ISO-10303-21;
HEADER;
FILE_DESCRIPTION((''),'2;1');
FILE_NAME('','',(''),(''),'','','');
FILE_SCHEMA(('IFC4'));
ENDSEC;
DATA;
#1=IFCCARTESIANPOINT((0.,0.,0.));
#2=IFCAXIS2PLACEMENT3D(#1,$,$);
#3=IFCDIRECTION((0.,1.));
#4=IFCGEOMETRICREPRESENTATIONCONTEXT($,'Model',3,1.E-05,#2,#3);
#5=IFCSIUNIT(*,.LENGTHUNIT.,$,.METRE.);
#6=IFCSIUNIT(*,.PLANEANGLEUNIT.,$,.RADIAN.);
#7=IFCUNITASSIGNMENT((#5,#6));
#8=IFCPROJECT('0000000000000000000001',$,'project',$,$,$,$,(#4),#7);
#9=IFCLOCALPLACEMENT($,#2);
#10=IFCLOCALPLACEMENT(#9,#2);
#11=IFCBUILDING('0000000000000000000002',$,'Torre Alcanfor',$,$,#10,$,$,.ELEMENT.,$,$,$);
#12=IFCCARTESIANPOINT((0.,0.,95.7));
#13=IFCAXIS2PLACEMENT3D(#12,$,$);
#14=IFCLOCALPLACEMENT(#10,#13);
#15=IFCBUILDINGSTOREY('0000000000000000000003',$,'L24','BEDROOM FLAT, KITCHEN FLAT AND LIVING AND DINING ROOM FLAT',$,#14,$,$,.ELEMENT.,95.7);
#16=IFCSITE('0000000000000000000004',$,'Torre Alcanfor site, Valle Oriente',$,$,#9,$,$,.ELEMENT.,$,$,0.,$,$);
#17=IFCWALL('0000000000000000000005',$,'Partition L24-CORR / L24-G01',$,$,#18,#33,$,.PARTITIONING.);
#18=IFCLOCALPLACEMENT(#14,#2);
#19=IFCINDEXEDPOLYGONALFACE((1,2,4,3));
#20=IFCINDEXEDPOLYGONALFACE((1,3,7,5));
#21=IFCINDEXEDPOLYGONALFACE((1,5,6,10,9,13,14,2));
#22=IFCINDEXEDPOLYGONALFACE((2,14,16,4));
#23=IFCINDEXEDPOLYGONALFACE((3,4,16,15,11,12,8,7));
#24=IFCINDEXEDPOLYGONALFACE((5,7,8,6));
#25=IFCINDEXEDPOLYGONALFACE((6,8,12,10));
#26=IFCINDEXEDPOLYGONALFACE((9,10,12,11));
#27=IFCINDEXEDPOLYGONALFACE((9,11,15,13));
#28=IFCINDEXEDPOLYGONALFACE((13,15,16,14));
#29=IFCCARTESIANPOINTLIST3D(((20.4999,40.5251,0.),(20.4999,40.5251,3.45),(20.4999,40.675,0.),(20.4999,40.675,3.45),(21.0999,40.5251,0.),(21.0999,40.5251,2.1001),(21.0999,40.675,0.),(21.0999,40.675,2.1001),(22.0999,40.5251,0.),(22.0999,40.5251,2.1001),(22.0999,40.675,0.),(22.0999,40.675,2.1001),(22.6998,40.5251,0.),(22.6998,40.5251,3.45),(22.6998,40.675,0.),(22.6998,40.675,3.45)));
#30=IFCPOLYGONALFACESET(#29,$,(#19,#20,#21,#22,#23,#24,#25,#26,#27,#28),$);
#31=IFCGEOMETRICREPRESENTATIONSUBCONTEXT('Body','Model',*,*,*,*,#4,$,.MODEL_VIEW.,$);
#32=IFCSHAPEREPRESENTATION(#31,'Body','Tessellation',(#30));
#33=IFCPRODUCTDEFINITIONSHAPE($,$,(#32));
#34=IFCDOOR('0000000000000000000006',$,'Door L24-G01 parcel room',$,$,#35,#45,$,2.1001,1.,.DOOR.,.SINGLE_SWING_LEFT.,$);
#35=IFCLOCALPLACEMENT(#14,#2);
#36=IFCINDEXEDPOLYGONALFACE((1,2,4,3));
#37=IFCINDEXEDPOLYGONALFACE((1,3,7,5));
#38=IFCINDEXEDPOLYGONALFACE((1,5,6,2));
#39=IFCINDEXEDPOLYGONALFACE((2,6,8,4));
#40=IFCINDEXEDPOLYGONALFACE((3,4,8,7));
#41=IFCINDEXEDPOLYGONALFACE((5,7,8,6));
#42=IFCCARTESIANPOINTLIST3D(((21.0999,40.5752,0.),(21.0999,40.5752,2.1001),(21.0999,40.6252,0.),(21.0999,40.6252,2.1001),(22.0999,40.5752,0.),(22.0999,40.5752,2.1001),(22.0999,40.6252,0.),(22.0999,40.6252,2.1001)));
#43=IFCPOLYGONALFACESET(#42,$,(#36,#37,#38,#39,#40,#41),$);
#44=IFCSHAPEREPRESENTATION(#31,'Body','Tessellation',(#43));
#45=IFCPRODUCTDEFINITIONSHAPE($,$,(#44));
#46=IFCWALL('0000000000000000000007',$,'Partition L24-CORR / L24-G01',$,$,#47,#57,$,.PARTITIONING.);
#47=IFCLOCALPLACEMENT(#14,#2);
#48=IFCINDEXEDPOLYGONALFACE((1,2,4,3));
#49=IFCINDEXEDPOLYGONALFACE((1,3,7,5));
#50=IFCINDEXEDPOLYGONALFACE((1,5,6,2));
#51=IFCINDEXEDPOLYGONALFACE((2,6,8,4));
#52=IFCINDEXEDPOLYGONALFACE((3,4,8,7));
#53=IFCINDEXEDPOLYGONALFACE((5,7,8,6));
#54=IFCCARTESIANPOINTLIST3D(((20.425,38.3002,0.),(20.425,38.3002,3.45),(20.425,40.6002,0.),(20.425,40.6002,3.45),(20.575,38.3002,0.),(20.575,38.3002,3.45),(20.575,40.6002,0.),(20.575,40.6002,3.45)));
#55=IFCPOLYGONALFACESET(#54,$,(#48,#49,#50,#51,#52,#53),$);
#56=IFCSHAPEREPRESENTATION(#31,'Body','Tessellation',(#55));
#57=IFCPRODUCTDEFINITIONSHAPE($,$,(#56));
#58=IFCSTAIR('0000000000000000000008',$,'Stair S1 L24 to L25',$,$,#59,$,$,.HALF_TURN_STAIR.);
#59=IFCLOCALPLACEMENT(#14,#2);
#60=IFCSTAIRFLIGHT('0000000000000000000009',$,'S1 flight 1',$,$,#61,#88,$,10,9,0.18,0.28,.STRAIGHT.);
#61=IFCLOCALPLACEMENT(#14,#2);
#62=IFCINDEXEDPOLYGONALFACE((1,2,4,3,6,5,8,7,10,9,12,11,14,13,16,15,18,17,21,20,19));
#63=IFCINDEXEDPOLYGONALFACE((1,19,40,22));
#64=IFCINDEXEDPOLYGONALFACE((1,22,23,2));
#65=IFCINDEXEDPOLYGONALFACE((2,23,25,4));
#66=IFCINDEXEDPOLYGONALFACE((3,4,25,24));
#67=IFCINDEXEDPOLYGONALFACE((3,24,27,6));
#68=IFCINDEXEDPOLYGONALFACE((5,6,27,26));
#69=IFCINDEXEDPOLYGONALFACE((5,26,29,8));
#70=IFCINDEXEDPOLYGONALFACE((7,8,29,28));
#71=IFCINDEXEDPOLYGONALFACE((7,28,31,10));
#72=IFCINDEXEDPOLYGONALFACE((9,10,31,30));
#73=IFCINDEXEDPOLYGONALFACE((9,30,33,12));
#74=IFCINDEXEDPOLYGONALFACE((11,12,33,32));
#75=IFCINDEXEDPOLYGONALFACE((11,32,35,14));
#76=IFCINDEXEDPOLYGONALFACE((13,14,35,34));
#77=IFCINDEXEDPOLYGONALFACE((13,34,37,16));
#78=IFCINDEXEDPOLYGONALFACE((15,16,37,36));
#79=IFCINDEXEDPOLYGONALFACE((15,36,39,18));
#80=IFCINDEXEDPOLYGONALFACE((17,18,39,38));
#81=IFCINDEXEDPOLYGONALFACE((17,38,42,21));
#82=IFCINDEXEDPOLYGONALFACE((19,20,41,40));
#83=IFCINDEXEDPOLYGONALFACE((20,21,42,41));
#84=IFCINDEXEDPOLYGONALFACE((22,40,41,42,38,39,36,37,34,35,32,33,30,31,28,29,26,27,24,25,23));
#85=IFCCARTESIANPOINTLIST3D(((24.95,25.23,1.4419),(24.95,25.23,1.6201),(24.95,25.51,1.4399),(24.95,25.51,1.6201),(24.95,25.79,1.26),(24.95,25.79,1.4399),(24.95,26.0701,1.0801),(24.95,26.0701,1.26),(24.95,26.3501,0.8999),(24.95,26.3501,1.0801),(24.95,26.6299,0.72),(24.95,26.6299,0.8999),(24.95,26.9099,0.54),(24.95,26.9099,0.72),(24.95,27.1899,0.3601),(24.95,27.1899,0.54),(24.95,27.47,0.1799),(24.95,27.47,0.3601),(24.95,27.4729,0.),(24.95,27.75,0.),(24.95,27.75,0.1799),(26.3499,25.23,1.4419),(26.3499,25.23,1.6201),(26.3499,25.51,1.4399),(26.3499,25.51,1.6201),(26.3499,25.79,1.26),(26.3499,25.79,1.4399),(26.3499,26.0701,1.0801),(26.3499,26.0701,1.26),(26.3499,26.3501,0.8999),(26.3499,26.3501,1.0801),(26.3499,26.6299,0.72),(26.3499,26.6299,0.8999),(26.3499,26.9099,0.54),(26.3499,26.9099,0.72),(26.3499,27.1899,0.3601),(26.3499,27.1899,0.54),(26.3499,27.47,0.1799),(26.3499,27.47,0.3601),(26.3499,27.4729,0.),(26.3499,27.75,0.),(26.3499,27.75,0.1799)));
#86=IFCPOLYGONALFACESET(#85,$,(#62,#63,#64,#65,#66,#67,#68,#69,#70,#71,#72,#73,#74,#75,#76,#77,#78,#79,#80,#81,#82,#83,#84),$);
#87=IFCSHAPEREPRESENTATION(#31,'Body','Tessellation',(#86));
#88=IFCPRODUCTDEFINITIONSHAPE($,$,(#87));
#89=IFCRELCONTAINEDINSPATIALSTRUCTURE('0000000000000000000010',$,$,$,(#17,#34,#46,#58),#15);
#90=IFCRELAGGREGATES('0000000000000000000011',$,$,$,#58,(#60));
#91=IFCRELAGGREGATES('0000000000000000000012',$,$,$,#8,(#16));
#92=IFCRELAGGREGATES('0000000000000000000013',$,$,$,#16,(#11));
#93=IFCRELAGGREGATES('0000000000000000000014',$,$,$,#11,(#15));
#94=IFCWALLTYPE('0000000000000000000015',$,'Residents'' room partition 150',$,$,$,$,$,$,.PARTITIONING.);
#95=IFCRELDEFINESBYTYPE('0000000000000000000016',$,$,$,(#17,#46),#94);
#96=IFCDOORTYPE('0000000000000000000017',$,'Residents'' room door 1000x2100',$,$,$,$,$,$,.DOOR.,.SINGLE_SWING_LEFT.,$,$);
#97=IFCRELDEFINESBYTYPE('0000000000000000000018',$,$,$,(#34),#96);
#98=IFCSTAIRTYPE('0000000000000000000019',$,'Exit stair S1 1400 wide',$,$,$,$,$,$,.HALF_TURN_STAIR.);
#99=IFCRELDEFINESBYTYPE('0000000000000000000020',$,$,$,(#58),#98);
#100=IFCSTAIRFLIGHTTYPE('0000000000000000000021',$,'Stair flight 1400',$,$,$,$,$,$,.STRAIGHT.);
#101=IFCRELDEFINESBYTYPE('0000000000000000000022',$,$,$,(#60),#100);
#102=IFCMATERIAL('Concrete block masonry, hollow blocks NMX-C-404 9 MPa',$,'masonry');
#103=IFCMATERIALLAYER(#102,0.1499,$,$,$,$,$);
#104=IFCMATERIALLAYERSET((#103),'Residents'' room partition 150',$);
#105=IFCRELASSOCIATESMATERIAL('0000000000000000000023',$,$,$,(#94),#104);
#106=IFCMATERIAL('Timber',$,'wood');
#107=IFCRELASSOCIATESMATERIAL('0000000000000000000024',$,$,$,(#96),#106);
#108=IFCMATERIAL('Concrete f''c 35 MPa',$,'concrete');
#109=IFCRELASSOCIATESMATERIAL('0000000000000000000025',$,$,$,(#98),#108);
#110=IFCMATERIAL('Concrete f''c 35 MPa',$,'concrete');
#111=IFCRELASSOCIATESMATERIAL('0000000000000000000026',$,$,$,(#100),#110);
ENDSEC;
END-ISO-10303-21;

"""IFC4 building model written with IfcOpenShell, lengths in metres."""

from ifc_helpers import new_model, si_unit, direction, frame, frame_2d, origin, place, context, subcontext, project, spatial, polyline, rectangle, outline, extrude, material, layer, layer_set, type_object, element, fill, aggregate, save


model = new_model("IFC4")

# Units and contexts
model_context = context("Model", 3, precision=1e-05, world=origin(), true_north=direction((0.0, 1.0)))
body_context = subcontext(model_context, "Body", "Model", "MODEL_VIEW")
ifc_project = project(units=[si_unit("LENGTHUNIT", "METRE"), si_unit("PLANEANGLEUNIT", "RADIAN")], contexts=[model_context])

# Site, building, storey
site_placement = place(None, origin())
site = spatial("IfcSite", under=ifc_project, at=site_placement, Name="Torre Alcanfor site, Valle Oriente", CompositionType="ELEMENT", RefElevation=0.0)
building_placement = place(site_placement, origin())
building = spatial("IfcBuilding", under=site, at=building_placement, Name="Torre Alcanfor", CompositionType="ELEMENT")
storey_placement = place(building_placement, frame((0.0, 0.0, 95.7)))
storey = spatial("IfcBuildingStorey", under=building, at=storey_placement, Name="L24", Description="BEDROOM FLAT, KITCHEN FLAT AND LIVING AND DINING ROOM FLAT", CompositionType="ELEMENT", Elevation=95.7)

# Shared definitions
ifc_material_1 = material(Name="Concrete block masonry, hollow blocks NMX-C-404 9 MPa", Category="masonry")
ifc_layer_1 = layer(ifc_material_1, 0.1499)
ifc_layer_set_1 = layer_set([ifc_layer_1], Name="Residents' room partition 150")
wall_type_1 = type_object("IfcWallType", Name="Residents' room partition 150", PredefinedType="PARTITIONING", material=ifc_layer_set_1)

# Wall, opening, door
wall_1_placement = place(storey_placement, frame((22.7, 40.6001, 0.0), z_axis=(0.0, 0.0, 1.0), x_axis=(-1.0, 0.0, 0.0)))
wall_1 = element("IfcWall", 1, at=wall_1_placement, inside=storey, type_object=wall_type_1, Name="Partition L24-CORR / L24-G01", PredefinedType="PARTITIONING", context=body_context, shape_type="SweptSolid", body=[
    extrude(rectangle(XDim=2.2, YDim=0.1499, at=frame_2d((1.1001, 0.0))), origin(), (0.0, 0.0, 1.0), 3.45),
])
opening_1_placement = place(wall_1_placement, frame((0.6001, 0.0, 0.0)))
opening_1 = element("IfcOpeningElement", 2, at=opening_1_placement, cuts=wall_1, PredefinedType="OPENING", context=body_context, shape_type="SweptSolid", body=[
    extrude(rectangle(XDim=1.0, YDim=2.1001, at=frame_2d((0.5, 1.05))), frame((0.0, 0.085, 0.0), z_axis=(0.0, -1.0, 0.0), x_axis=(1.0, 0.0, 0.0)), (0.0, 0.0, 1.0), 0.1699),
])
ifc_material_2 = material(Name="Timber", Category="wood")
door_type_1 = type_object("IfcDoorType", Name="Residents' room door 1000x2100", OperationType="SINGLE_SWING_LEFT", PredefinedType="DOOR", material=ifc_material_2)
door_1_placement = place(opening_1_placement, origin())
door_1 = element("IfcDoor", 3, at=door_1_placement, inside=storey, type_object=door_type_1, Name="Door L24-G01 parcel room", OperationType="SINGLE_SWING_LEFT", OverallHeight=2.1001, OverallWidth=1.0, PredefinedType="DOOR", context=body_context, shape_type="SweptSolid", body=[
    extrude(rectangle(XDim=1.0, YDim=2.1001, at=frame_2d((0.5, 1.05))), frame((0.0, 0.0249, 0.0), z_axis=(0.0, -1.0, 0.0), x_axis=(1.0, 0.0, 0.0)), (0.0, 0.0, 1.0), 0.05),
])
fill(opening_1, door_1)

# Wall
wall_2_placement = place(storey_placement, frame((20.5, 40.6001, 0.0), z_axis=(0.0, 0.0, 1.0), x_axis=(0.0, -1.0, 0.0)))
element("IfcWall", 4, at=wall_2_placement, inside=storey, type_object=wall_type_1, Name="Partition L24-CORR / L24-G01", PredefinedType="PARTITIONING", context=body_context, shape_type="SweptSolid", body=[
    extrude(rectangle(XDim=2.3, YDim=0.1499, at=frame_2d((1.1499, 0.0))), origin(), (0.0, 0.0, 1.0), 3.45),
])

# Stair, stair flight
ifc_material_3 = material(Name="Concrete f'c 35 MPa", Category="concrete")
stair_type = type_object("IfcStairType", Name="Exit stair S1 1400 wide", PredefinedType="HALF_TURN_STAIR", material=ifc_material_3)
stair_placement = place(storey_placement, origin())
stair = element("IfcStair", 5, at=stair_placement, inside=storey, type_object=stair_type, Name="Stair S1 L24 to L25", PredefinedType="HALF_TURN_STAIR")
ifc_material_4 = material(Name="Concrete f'c 35 MPa", Category="concrete")
stair_flight_type = type_object("IfcStairFlightType", Name="Stair flight 1400", PredefinedType="STRAIGHT", material=ifc_material_4)
stair_flight_placement = place(storey_placement, frame((25.6499, 27.75, 0.0), z_axis=(0.0, 0.0, 1.0), x_axis=(0.0, -1.0, 0.0)))
stair_flight = element("IfcStairFlight", 6, at=stair_flight_placement, type_object=stair_flight_type, Name="S1 flight 1", NumberOfRisers=10, NumberOfTreads=9, PredefinedType="STRAIGHT", RiserHeight=0.18, TreadLength=0.28, context=body_context, shape_type="SweptSolid", body=[
    extrude(outline(polyline([(0.0, 0.0), (0.0, 0.1799), (0.28, 0.1799), (0.28, 0.3601), (0.5601, 0.3601), (0.5601, 0.54), (0.8401, 0.54), (0.8401, 0.72), (1.1201, 0.72), (1.1201, 0.8999), (1.3999, 0.8999), (1.3999, 1.0801), (1.6799, 1.0801), (1.6799, 1.26), (1.96, 1.26), (1.96, 1.4399), (2.24, 1.4399), (2.24, 1.6201), (2.52, 1.6201), (2.52, 1.8), (2.52, 1.4419), (0.2771, 0.0), (0.0, 0.0)])), frame((0.0, 0.7, 0.0), z_axis=(0.0, -1.0, 0.0), x_axis=(1.0, 0.0, 0.0)), (0.0, 0.0, 1.0), 1.3999),
])
aggregate(stair, [stair_flight])

save(model, "model.ifc")
